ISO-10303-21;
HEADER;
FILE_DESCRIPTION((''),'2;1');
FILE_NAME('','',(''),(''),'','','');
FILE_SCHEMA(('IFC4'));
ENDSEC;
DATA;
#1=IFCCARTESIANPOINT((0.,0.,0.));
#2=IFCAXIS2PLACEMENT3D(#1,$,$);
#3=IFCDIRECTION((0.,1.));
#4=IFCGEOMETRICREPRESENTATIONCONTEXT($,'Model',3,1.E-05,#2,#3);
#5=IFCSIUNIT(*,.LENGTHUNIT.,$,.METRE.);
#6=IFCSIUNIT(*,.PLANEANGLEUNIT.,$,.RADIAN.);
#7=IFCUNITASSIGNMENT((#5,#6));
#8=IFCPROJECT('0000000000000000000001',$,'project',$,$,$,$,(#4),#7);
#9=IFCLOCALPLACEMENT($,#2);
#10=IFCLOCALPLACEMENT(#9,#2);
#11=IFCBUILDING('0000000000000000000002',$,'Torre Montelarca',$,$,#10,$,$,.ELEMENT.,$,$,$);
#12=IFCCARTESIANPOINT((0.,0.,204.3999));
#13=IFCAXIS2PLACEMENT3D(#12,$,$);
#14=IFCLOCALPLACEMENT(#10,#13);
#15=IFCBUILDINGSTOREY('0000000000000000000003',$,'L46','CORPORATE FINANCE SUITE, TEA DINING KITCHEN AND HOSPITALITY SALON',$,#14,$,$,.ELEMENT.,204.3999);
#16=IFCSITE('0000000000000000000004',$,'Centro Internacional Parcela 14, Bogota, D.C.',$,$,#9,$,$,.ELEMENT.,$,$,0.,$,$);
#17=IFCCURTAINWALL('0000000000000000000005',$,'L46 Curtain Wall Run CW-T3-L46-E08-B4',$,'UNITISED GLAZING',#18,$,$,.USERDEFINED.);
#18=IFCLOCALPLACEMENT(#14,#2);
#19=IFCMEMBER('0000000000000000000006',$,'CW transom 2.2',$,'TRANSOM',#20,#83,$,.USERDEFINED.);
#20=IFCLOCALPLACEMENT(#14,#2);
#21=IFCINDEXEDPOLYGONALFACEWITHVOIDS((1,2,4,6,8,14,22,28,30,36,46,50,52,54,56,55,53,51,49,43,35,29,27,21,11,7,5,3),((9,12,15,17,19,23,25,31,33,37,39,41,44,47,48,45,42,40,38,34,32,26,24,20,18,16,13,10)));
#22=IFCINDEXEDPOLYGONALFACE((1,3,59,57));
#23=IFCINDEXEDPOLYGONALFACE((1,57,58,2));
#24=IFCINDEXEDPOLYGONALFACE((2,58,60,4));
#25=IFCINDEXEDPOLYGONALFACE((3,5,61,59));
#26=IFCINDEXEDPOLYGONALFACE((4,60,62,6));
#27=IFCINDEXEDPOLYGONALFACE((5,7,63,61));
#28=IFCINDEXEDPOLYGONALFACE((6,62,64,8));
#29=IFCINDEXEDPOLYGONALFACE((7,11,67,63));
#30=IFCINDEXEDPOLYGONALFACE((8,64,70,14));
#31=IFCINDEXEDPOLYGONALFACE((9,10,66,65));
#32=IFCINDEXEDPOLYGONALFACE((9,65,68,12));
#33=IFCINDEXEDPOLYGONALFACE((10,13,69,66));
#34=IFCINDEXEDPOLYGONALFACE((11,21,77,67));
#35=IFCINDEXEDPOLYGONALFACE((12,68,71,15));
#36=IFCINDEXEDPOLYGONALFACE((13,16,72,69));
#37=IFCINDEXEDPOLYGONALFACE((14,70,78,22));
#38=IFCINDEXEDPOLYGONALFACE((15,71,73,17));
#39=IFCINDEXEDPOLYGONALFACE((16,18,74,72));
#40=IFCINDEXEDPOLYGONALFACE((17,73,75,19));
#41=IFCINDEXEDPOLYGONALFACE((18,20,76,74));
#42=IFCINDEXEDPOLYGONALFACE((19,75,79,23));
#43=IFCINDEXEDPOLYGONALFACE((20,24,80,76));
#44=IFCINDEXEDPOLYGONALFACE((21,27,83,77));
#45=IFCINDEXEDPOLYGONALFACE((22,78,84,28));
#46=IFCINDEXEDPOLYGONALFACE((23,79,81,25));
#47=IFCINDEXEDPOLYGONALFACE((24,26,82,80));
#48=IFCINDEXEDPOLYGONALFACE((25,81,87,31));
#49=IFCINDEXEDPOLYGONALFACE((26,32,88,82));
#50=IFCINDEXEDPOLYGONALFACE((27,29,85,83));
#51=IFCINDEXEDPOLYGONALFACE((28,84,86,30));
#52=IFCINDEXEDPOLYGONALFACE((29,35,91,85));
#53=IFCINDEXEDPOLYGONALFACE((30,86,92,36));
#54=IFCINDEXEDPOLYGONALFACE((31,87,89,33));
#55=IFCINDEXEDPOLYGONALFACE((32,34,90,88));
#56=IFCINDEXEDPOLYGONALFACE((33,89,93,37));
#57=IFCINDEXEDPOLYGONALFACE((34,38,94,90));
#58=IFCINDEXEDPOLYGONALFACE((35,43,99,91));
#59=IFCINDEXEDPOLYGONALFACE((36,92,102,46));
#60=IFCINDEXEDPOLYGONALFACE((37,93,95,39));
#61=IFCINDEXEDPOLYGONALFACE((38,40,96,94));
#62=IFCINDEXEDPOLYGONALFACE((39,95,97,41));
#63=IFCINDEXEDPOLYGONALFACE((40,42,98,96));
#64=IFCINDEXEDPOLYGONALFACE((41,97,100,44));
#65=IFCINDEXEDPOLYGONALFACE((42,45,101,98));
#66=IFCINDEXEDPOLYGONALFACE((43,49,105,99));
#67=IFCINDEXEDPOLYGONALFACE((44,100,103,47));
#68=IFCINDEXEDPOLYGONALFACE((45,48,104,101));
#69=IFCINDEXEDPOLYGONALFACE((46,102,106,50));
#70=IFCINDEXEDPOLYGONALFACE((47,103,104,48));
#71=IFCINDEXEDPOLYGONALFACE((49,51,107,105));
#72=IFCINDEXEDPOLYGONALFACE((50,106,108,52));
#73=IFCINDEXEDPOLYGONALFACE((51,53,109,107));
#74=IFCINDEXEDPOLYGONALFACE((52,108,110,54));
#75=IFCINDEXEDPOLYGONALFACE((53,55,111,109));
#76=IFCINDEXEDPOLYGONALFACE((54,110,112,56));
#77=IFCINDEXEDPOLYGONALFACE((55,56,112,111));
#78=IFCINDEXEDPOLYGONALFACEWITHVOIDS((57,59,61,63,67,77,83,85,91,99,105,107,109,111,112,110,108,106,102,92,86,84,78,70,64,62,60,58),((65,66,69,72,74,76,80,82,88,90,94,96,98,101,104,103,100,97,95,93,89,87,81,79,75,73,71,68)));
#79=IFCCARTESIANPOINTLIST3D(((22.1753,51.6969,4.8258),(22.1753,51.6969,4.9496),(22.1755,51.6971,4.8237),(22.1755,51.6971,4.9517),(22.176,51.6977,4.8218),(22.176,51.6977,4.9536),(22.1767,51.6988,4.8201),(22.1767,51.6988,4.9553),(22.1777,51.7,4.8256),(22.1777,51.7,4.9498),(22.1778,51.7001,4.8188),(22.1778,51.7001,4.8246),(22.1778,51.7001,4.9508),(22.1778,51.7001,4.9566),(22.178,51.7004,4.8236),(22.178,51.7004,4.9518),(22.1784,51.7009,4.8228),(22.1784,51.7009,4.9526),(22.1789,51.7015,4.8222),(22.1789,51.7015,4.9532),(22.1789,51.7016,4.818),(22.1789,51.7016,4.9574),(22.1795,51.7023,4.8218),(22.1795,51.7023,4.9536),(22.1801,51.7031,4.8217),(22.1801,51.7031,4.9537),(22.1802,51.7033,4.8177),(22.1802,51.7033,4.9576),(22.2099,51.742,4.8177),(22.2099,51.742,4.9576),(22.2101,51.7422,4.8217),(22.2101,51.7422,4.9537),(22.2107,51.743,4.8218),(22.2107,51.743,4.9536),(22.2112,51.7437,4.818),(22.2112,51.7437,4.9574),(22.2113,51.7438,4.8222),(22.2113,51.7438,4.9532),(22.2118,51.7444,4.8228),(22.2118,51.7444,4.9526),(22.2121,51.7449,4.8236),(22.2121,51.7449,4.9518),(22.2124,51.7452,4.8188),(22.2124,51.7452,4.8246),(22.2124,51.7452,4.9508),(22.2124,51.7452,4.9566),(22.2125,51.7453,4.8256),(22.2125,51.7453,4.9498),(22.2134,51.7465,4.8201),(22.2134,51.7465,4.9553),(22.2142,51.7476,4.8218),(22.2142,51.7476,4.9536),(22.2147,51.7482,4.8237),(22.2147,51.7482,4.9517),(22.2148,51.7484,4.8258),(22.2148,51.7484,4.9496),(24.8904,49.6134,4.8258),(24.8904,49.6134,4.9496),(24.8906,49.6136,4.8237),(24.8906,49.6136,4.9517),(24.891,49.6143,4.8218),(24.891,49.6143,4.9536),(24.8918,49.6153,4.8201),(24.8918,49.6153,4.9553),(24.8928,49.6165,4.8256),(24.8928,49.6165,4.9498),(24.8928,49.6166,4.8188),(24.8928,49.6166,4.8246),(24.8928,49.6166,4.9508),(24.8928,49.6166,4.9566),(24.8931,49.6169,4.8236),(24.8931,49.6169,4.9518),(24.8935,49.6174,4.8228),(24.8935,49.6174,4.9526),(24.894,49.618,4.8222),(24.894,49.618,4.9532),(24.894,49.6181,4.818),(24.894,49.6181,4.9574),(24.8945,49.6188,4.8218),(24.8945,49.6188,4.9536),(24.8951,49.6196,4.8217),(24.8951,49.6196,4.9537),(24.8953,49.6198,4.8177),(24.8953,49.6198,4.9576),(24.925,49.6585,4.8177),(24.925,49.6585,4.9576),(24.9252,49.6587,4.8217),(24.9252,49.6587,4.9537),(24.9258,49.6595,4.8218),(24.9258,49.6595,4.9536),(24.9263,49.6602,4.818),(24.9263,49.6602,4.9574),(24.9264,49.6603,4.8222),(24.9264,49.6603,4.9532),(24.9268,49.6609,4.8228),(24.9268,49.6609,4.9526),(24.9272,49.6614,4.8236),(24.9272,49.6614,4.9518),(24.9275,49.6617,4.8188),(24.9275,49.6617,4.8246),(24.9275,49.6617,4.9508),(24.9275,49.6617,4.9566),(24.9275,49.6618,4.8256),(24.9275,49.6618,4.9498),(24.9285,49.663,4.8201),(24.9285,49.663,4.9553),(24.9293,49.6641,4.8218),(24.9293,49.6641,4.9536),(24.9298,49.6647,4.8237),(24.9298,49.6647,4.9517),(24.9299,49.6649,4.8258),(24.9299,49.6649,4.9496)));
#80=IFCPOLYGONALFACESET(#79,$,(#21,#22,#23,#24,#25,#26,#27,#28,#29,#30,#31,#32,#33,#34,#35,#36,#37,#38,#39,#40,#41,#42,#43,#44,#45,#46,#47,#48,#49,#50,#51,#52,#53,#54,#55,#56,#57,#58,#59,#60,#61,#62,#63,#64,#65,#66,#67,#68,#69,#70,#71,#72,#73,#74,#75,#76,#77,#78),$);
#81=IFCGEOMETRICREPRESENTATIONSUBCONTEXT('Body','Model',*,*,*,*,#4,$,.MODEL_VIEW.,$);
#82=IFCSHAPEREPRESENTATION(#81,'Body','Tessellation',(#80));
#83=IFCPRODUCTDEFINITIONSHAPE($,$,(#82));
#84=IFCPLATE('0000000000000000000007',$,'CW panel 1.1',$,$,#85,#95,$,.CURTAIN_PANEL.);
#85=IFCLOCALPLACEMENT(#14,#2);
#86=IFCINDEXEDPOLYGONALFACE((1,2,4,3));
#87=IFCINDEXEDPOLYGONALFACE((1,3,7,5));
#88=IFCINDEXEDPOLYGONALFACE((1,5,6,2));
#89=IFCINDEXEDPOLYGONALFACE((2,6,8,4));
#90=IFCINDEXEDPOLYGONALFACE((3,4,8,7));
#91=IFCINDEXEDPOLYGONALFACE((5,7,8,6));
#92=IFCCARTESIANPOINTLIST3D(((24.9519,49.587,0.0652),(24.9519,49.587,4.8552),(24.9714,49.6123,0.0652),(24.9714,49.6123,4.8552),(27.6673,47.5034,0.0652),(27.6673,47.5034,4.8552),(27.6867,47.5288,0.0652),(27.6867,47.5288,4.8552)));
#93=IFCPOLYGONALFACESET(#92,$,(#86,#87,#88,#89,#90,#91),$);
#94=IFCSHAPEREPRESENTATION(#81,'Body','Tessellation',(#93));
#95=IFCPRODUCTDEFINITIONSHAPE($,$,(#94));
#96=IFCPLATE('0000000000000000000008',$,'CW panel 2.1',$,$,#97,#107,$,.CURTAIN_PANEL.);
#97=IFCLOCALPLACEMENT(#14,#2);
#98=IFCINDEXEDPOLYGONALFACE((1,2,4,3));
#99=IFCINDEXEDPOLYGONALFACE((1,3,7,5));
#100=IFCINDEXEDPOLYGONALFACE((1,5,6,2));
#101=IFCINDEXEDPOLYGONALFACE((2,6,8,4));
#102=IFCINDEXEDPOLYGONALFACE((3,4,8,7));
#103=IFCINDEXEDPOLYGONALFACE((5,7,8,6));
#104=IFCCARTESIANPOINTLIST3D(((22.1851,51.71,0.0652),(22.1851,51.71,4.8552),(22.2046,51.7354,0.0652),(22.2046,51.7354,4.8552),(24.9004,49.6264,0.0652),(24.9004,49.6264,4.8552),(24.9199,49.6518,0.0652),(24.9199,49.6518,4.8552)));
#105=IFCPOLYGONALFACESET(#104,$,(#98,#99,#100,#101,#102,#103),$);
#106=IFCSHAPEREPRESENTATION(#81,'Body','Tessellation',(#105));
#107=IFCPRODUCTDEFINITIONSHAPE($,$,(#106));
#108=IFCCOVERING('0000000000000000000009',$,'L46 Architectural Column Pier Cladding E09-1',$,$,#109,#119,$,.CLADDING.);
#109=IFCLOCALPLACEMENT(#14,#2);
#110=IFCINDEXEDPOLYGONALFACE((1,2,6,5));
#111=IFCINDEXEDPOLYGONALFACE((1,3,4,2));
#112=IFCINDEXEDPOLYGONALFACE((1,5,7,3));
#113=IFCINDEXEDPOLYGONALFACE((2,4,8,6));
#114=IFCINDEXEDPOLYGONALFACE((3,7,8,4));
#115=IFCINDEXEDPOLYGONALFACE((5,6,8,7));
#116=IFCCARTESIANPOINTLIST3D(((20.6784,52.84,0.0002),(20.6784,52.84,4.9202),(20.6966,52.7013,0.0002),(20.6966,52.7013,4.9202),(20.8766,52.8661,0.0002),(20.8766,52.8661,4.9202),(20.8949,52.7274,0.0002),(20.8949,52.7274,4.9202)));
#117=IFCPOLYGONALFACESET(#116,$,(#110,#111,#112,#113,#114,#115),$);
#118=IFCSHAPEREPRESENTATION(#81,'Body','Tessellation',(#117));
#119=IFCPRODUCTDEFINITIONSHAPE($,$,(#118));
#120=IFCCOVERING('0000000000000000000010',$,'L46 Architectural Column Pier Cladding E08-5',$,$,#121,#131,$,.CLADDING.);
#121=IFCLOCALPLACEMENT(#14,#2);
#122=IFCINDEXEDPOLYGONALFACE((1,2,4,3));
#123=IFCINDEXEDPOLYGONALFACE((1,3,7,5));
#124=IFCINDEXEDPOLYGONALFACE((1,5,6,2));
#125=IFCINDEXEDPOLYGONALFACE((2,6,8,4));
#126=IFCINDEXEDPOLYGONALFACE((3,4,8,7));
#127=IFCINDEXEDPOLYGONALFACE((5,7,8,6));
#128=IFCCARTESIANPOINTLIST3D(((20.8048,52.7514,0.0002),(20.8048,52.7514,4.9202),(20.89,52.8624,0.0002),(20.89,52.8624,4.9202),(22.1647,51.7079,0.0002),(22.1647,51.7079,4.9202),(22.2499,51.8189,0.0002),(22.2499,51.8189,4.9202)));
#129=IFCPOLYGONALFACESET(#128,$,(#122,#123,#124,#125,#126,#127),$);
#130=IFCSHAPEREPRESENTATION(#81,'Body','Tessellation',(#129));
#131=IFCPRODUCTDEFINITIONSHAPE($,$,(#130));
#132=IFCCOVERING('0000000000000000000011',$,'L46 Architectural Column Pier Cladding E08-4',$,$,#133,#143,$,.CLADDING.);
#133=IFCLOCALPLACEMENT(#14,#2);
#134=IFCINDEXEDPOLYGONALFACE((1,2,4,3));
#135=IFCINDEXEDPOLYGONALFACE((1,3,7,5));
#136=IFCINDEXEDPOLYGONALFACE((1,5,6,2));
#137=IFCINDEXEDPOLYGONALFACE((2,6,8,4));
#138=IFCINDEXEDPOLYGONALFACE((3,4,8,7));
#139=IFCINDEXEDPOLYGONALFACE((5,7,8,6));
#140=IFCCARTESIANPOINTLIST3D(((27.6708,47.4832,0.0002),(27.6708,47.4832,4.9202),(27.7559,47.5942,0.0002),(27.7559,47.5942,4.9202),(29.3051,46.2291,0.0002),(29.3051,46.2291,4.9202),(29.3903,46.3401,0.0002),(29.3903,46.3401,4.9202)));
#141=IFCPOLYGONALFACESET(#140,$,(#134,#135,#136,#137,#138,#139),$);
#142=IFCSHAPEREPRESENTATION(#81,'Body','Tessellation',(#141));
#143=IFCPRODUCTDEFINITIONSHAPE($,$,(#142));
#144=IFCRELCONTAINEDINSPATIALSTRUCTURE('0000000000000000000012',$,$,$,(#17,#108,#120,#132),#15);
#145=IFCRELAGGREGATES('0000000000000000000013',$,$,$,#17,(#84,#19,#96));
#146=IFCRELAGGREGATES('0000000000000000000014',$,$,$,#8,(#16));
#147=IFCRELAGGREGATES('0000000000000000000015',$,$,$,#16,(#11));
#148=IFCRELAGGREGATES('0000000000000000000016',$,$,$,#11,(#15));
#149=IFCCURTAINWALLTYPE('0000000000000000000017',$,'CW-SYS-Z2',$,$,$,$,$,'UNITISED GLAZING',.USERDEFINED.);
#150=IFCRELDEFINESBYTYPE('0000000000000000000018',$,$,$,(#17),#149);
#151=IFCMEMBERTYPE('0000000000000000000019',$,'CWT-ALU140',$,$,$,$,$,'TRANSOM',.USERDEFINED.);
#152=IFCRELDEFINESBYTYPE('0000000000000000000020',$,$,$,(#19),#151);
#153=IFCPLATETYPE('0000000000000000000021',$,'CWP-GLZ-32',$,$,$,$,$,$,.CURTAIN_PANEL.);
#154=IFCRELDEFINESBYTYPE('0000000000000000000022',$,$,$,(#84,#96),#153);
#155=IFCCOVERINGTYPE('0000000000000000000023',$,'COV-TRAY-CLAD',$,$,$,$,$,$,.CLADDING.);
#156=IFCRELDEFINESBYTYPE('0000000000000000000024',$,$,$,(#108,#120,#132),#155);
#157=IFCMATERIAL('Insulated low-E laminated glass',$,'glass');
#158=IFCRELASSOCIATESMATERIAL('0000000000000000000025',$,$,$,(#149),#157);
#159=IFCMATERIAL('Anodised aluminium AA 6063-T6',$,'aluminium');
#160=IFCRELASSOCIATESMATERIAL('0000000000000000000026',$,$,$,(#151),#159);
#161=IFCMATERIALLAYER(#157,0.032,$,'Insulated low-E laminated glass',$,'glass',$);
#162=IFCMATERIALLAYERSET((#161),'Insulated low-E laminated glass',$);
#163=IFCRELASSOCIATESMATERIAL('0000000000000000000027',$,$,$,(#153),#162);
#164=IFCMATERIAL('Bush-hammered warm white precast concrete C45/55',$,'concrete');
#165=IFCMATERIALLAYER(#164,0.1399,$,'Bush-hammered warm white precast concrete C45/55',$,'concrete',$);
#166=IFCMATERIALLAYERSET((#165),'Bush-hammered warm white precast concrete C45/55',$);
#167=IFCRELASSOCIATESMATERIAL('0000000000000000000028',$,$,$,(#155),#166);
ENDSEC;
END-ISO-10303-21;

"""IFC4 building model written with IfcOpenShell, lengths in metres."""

from ifc_helpers import new_model, si_unit, direction, frame, origin, origin_2d, place, context, subcontext, project, spatial, rectangle, hollow_rectangle, extrude, source, transform, mapped, material, layer, layer_set, material_profile, profile_set, type_object, element, aggregate, save


model = new_model("IFC4")

# Units and contexts
model_context = context("Model", 3, precision=1e-05, world=origin(), true_north=direction((0.0, 1.0)))
body_context = subcontext(model_context, "Body", "Model", "MODEL_VIEW")
ifc_project = project(units=[si_unit("LENGTHUNIT", "METRE"), si_unit("PLANEANGLEUNIT", "RADIAN")], contexts=[model_context])

# Site, building, storey
site_placement = place(None, origin())
site = spatial("IfcSite", under=ifc_project, at=site_placement, Name="Centro Internacional Parcela 14, Bogota, D.C.", CompositionType="ELEMENT", RefElevation=0.0)
building_placement = place(site_placement, origin())
building = spatial("IfcBuilding", under=site, at=building_placement, Name="Torre Montelarca", CompositionType="ELEMENT")
storey_placement = place(building_placement, frame((0.0, 0.0, 204.3999)))
storey = spatial("IfcBuildingStorey", under=building, at=storey_placement, Name="L46", Description="CORPORATE FINANCE SUITE, TEA DINING KITCHEN AND HOSPITALITY SALON", CompositionType="ELEMENT", Elevation=204.3999)

# Shared definitions
ifc_material_1 = material(Name="Insulated low-E laminated glass", Category="glass")
curtain_wall_type = type_object("IfcCurtainWallType", Name="CW-SYS-Z2", ElementType="UNITISED GLAZING", PredefinedType="USERDEFINED", material=ifc_material_1)
ifc_material_2 = material(Name="Anodised aluminium AA 6063-T6", Category="aluminium")

# Curtain wall
curtain_wall_1_placement = place(storey_placement, origin())
curtain_wall_1 = element("IfcCurtainWall", 1, at=curtain_wall_1_placement, inside=storey, type_object=curtain_wall_type, Name="L46 Curtain Wall Run CW-T3-L46-E08-B4", ObjectType="UNITISED GLAZING", PredefinedType="USERDEFINED")

# Member
ifc_material_profile_1 = material_profile(ifc_material_2, hollow_rectangle(XDim=0.0649, YDim=0.1399, WallThickness=0.0039, InnerFilletRadius=0.0039, OuterFilletRadius=0.0081, at=origin_2d()), Name="ALU65X140X4", Category="aluminium")
ifc_profile_set_1 = profile_set([ifc_material_profile_1], Name="Anodised aluminium AA 6063-T6")
member_type_1 = type_object("IfcMemberType", Name="CWT-ALU140", ElementType="TRANSOM", PredefinedType="USERDEFINED", material=ifc_profile_set_1)
shared_shape_1 = source(origin(), body_context, "Body", "SweptSolid", [
    extrude(hollow_rectangle(XDim=0.0649, YDim=0.1399, WallThickness=0.0039, InnerFilletRadius=0.0039, OuterFilletRadius=0.0081, at=origin_2d()), origin(), (0.0, 0.0, 1.0), 3.4224),
])
member_1_placement = place(storey_placement, frame((24.9102, 49.6392, 4.8877), z_axis=(-0.793334, 0.608786, 0.0), x_axis=(-0.608786, -0.793334, 0.0)))
member_1 = element("IfcMember", 2, at=member_1_placement, type_object=member_type_1, Name="CW transom 2.2", ObjectType="TRANSOM", PredefinedType="USERDEFINED", context=body_context, shape_type="MappedRepresentation", body=[
    mapped(shared_shape_1, transform((0.0, 0.0, 0.0), scale=1.0)),
])

# Plates
ifc_layer_1 = layer(ifc_material_1, 0.032, Name="Insulated low-E laminated glass", Category="glass")
ifc_layer_set_1 = layer_set([ifc_layer_1], Name="Insulated low-E laminated glass")
plate_type = type_object("IfcPlateType", Name="CWP-GLZ-32", PredefinedType="CURTAIN_PANEL", material=ifc_layer_set_1)
shared_shape_2 = source(origin(), body_context, "Body", "SweptSolid", [
    extrude(rectangle(XDim=3.4226, YDim=0.032, at=origin_2d()), origin(), (0.0, 0.0, 1.0), 4.79),
])
plate_1_placement = place(storey_placement, frame((26.3193, 48.5579, 0.0652), z_axis=(0.0, 0.0, 1.0), x_axis=(-0.793352, 0.608764, 0.0)))
plate_1 = element("IfcPlate", 3, at=plate_1_placement, type_object=plate_type, Name="CW panel 1.1", PredefinedType="CURTAIN_PANEL", context=body_context, shape_type="MappedRepresentation", body=[
    mapped(shared_shape_2, transform((0.0, 0.0, 0.0), scale=1.0)),
])
plate_2_placement = place(storey_placement, frame((23.5525, 50.6809, 0.0652), z_axis=(0.0, 0.0, 1.0), x_axis=(-0.793352, 0.608764, 0.0)))
plate_2 = element("IfcPlate", 4, at=plate_2_placement, type_object=plate_type, Name="CW panel 2.1", PredefinedType="CURTAIN_PANEL", context=body_context, shape_type="MappedRepresentation", body=[
    mapped(shared_shape_2, transform((0.0, 0.0, 0.0), scale=1.0)),
])
aggregate(curtain_wall_1, [plate_1, member_1, plate_2])

# Coverings
ifc_material_3 = material(Name="Bush-hammered warm white precast concrete C45/55", Category="concrete")
ifc_layer_2 = layer(ifc_material_3, 0.1399, Name="Bush-hammered warm white precast concrete C45/55", Category="concrete")
ifc_layer_set_2 = layer_set([ifc_layer_2], Name="Bush-hammered warm white precast concrete C45/55")
covering_type = type_object("IfcCoveringType", Name="COV-TRAY-CLAD", PredefinedType="CLADDING", material=ifc_layer_set_2)
shared_shape_3 = source(origin(), body_context, "Body", "SweptSolid", [
    extrude(rectangle(XDim=0.2, YDim=0.1399, at=origin_2d()), origin(), (0.0, 0.0, 1.0), 4.9199),
])
covering_1_placement = place(storey_placement, frame((20.7866, 52.7837, 0.0002), z_axis=(0.0, 0.0, 1.0), x_axis=(-0.991444, -0.130531, 0.0)))
element("IfcCovering", 5, at=covering_1_placement, inside=storey, type_object=covering_type, Name="L46 Architectural Column Pier Cladding E09-1", PredefinedType="CLADDING", context=body_context, shape_type="MappedRepresentation", body=[
    mapped(shared_shape_3, transform((0.0, 0.0, 0.0), scale=1.0)),
])
shared_shape_4 = source(origin(), body_context, "Body", "SweptSolid", [
    extrude(rectangle(XDim=1.7141, YDim=0.1399, at=origin_2d()), origin(), (0.0, 0.0, 1.0), 4.9199),
])
covering_2_placement = place(storey_placement, frame((21.5273, 52.2852, 0.0002), z_axis=(0.0, 0.0, 1.0), x_axis=(-0.793352, 0.608763, 0.0)))
element("IfcCovering", 6, at=covering_2_placement, inside=storey, type_object=covering_type, Name="L46 Architectural Column Pier Cladding E08-5", PredefinedType="CLADDING", context=body_context, shape_type="MappedRepresentation", body=[
    mapped(shared_shape_4, transform((0.0, 0.0, 0.0), scale=1.0)),
])
shared_shape_5 = source(origin(), body_context, "Body", "SweptSolid", [
    extrude(rectangle(XDim=2.0601, YDim=0.1399, at=origin_2d()), origin(), (0.0, 0.0, 1.0), 4.9199),
])
covering_3_placement = place(storey_placement, frame((28.5305, 46.9116, 0.0002), z_axis=(0.0, 0.0, 1.0), x_axis=(-0.793352, 0.608763, 0.0)))
element("IfcCovering", 7, at=covering_3_placement, inside=storey, type_object=covering_type, Name="L46 Architectural Column Pier Cladding E08-4", PredefinedType="CLADDING", context=body_context, shape_type="MappedRepresentation", body=[
    mapped(shared_shape_5, transform((0.0, 0.0, 0.0), scale=1.0)),
])

save(model, "model.ifc")
